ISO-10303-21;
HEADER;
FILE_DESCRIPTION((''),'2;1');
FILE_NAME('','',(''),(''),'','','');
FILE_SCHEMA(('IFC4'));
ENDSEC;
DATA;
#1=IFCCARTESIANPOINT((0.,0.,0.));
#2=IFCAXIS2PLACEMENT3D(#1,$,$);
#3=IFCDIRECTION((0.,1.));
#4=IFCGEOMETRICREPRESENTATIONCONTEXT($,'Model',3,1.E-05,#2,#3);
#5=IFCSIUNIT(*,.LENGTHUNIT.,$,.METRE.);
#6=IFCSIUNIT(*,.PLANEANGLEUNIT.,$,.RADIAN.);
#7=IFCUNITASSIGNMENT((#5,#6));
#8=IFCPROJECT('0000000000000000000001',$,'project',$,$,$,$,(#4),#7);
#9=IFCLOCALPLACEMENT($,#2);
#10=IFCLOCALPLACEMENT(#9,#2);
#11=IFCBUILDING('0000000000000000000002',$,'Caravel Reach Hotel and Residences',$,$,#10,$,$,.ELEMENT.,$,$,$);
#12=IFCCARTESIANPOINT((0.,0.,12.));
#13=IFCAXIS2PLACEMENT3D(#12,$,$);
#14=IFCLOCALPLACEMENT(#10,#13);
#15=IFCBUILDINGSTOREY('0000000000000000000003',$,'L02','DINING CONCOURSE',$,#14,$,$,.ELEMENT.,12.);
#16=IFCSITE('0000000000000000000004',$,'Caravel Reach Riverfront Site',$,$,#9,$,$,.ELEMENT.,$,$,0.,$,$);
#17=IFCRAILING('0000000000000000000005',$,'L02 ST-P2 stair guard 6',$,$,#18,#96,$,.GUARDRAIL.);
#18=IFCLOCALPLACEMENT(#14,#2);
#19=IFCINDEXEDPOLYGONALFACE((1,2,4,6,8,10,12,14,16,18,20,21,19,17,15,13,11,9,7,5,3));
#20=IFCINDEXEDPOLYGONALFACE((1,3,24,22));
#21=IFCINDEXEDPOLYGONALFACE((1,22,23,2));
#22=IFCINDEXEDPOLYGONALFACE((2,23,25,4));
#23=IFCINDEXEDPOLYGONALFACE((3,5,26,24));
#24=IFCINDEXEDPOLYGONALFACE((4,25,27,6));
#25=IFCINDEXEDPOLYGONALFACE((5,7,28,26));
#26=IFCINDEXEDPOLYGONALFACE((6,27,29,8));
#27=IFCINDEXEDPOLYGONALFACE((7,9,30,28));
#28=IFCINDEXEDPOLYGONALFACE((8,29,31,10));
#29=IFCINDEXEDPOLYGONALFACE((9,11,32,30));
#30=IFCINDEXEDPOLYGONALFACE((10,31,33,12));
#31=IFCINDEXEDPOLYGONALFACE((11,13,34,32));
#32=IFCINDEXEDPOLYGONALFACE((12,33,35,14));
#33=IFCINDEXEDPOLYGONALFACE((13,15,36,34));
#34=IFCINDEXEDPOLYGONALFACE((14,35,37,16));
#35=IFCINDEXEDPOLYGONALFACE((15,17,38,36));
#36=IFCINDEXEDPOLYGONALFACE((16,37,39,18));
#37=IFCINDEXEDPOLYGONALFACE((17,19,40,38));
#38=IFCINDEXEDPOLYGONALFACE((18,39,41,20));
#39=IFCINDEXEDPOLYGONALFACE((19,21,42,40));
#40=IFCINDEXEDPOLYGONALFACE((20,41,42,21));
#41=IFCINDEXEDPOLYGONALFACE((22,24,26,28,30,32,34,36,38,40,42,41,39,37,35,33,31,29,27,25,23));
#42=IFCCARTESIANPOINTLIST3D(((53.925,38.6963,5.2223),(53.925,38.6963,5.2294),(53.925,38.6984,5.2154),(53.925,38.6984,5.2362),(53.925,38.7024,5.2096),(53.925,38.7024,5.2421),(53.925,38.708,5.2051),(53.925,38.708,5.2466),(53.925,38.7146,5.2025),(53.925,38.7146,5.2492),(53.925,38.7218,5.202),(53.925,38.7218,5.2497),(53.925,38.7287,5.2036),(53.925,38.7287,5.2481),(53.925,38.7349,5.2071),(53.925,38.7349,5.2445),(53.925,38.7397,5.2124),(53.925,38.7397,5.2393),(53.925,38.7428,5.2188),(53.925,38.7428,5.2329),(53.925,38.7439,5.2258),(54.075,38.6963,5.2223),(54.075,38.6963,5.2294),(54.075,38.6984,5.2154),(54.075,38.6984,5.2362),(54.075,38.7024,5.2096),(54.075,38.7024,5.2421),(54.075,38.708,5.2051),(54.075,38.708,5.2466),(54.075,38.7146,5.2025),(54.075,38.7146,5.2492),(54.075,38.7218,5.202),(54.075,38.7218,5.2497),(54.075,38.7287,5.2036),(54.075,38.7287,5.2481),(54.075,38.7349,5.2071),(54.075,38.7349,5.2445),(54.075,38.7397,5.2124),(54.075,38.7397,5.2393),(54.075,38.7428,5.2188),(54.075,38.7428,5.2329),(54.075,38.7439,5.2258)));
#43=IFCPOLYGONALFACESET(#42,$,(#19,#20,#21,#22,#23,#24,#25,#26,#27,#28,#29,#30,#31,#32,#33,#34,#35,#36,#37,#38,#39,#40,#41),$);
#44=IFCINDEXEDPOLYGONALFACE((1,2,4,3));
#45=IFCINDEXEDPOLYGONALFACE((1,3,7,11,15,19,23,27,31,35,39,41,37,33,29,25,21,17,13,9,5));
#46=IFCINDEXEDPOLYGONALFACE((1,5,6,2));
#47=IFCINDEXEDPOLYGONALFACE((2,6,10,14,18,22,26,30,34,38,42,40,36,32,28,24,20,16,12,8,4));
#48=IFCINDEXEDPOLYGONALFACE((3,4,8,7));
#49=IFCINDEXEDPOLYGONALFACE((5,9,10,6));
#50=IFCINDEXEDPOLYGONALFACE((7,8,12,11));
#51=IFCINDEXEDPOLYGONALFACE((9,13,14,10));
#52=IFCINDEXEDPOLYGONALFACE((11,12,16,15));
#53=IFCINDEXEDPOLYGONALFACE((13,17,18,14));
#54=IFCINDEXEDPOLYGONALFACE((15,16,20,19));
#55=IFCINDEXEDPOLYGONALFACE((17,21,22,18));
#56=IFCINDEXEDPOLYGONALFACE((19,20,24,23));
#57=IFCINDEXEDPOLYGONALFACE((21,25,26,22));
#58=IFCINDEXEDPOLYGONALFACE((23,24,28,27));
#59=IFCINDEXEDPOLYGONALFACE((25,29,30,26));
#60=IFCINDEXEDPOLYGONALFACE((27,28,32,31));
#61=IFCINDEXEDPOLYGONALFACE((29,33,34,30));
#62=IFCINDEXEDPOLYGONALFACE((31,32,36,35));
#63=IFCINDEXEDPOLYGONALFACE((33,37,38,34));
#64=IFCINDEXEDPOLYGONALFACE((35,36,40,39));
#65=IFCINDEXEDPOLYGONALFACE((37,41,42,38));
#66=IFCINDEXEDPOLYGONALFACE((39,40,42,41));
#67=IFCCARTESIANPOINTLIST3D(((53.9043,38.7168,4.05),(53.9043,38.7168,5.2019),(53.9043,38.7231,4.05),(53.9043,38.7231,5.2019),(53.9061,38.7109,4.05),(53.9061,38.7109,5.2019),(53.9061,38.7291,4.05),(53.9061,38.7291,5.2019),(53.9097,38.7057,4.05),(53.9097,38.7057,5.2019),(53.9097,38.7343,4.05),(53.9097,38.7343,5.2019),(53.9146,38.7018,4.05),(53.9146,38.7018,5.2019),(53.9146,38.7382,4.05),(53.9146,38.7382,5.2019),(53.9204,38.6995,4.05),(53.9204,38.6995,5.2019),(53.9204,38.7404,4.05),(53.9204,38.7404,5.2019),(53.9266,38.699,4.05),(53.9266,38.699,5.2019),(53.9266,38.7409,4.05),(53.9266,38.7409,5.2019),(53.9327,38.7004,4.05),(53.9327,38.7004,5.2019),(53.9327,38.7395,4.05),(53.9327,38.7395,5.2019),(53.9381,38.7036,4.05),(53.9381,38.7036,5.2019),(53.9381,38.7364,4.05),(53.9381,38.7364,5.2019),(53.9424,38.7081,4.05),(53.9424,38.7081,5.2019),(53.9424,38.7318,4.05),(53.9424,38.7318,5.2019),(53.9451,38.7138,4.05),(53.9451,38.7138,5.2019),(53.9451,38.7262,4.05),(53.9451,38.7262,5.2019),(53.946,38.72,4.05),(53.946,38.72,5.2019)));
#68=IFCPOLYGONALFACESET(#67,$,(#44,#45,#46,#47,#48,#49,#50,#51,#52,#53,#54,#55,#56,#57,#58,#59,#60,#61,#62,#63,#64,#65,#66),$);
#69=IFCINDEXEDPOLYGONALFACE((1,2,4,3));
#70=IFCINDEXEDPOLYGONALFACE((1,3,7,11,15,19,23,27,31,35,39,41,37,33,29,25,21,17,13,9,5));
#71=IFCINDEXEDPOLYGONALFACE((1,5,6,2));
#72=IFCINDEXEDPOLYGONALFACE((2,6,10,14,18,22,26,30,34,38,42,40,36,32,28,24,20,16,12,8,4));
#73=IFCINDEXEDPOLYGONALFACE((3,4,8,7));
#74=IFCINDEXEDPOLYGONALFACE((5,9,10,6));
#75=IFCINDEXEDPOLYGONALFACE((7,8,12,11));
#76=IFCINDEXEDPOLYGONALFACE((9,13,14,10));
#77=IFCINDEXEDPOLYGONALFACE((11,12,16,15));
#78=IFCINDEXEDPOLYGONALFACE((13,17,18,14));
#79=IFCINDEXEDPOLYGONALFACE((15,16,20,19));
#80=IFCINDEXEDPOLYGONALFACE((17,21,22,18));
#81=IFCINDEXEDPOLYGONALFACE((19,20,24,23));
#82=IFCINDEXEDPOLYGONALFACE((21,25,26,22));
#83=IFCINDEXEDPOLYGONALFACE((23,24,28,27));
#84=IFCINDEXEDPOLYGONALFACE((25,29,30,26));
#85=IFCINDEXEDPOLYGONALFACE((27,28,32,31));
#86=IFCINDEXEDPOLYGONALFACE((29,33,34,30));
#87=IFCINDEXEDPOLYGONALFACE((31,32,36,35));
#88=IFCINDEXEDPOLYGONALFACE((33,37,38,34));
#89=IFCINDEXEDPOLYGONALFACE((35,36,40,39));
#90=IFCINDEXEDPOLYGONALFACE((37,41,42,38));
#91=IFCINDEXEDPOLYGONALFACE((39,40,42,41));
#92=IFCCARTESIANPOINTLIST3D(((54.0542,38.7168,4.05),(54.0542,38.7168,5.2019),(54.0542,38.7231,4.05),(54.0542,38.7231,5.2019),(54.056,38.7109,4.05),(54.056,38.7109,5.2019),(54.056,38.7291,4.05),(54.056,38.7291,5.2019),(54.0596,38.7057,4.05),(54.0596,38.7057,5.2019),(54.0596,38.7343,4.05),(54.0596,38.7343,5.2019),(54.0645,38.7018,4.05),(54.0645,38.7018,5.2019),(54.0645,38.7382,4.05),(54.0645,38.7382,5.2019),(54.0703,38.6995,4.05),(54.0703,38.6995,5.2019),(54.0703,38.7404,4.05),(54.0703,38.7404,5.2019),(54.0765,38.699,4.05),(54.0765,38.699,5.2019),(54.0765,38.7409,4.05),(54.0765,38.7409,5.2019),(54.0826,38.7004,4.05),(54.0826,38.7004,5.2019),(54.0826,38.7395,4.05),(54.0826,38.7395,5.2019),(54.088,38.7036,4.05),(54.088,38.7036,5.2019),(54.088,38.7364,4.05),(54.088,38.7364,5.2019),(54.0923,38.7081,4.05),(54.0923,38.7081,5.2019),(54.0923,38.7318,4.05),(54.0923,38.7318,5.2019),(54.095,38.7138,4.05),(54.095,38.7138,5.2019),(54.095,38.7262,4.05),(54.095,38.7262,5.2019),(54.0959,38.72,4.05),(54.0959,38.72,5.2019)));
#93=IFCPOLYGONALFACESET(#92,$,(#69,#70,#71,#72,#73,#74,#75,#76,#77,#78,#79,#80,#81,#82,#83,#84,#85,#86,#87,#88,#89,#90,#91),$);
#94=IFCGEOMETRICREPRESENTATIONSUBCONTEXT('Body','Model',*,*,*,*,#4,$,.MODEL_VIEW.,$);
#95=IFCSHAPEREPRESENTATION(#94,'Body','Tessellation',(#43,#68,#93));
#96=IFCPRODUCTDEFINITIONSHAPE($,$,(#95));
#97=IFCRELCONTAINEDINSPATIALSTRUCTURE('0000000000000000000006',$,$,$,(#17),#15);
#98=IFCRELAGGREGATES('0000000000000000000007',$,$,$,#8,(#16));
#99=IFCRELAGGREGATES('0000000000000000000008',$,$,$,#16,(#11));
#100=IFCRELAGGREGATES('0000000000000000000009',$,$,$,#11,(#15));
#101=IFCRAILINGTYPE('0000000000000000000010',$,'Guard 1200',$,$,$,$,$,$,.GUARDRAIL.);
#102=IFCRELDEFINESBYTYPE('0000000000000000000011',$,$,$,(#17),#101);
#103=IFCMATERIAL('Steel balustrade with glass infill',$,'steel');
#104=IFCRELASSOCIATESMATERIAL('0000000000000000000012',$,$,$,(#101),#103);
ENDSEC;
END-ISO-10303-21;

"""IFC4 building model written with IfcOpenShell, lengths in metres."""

from ifc_helpers import new_model, si_unit, direction, frame, origin, origin_2d, place, context, subcontext, project, spatial, circle, extrude, material, type_object, element, save


model = new_model("IFC4")

# Units and contexts
model_context = context("Model", 3, precision=1e-05, world=origin(), true_north=direction((0.0, 1.0)))
body_context = subcontext(model_context, "Body", "Model", "MODEL_VIEW")
ifc_project = project(units=[si_unit("LENGTHUNIT", "METRE"), si_unit("PLANEANGLEUNIT", "RADIAN")], contexts=[model_context])

# Site, building, storey
site_placement = place(None, origin())
site = spatial("IfcSite", under=ifc_project, at=site_placement, Name="Caravel Reach Riverfront Site", CompositionType="ELEMENT", RefElevation=0.0)
building_placement = place(site_placement, origin())
building = spatial("IfcBuilding", under=site, at=building_placement, Name="Caravel Reach Hotel and Residences", CompositionType="ELEMENT")
storey_placement = place(building_placement, frame((0.0, 0.0, 12.0)))
storey = spatial("IfcBuildingStorey", under=building, at=storey_placement, Name="L02", Description="DINING CONCOURSE", CompositionType="ELEMENT", Elevation=12.0)

# Railing
ifc_material_1 = material(Name="Steel balustrade with glass infill", Category="steel")
railing_type_1 = type_object("IfcRailingType", Name="Guard 1200", PredefinedType="GUARDRAIL", material=ifc_material_1)
railing_1_placement = place(storey_placement, frame((53.925, 38.72, 4.05)))
element("IfcRailing", 1, at=railing_1_placement, inside=storey, type_object=railing_type_1, Name="L02 ST-P2 stair guard 6", PredefinedType="GUARDRAIL", context=body_context, shape_type="SweptSolid", body=[
    extrude(circle(Radius=0.0239, at=origin_2d()), frame((0.0, 0.0, 1.1758), z_axis=(1.0, 0.0, 0.0), x_axis=(0.0, 1.0, 0.0)), (0.0, 0.0, 1.0), 0.1499),
    extrude(circle(Radius=0.021, at=origin_2d()), origin(), (0.0, 0.0, 1.0), 1.1519),
    extrude(circle(Radius=0.021, at=origin_2d()), frame((0.1499, 0.0, 0.0)), (0.0, 0.0, 1.0), 1.1519),
])

save(model, "model.ifc")
